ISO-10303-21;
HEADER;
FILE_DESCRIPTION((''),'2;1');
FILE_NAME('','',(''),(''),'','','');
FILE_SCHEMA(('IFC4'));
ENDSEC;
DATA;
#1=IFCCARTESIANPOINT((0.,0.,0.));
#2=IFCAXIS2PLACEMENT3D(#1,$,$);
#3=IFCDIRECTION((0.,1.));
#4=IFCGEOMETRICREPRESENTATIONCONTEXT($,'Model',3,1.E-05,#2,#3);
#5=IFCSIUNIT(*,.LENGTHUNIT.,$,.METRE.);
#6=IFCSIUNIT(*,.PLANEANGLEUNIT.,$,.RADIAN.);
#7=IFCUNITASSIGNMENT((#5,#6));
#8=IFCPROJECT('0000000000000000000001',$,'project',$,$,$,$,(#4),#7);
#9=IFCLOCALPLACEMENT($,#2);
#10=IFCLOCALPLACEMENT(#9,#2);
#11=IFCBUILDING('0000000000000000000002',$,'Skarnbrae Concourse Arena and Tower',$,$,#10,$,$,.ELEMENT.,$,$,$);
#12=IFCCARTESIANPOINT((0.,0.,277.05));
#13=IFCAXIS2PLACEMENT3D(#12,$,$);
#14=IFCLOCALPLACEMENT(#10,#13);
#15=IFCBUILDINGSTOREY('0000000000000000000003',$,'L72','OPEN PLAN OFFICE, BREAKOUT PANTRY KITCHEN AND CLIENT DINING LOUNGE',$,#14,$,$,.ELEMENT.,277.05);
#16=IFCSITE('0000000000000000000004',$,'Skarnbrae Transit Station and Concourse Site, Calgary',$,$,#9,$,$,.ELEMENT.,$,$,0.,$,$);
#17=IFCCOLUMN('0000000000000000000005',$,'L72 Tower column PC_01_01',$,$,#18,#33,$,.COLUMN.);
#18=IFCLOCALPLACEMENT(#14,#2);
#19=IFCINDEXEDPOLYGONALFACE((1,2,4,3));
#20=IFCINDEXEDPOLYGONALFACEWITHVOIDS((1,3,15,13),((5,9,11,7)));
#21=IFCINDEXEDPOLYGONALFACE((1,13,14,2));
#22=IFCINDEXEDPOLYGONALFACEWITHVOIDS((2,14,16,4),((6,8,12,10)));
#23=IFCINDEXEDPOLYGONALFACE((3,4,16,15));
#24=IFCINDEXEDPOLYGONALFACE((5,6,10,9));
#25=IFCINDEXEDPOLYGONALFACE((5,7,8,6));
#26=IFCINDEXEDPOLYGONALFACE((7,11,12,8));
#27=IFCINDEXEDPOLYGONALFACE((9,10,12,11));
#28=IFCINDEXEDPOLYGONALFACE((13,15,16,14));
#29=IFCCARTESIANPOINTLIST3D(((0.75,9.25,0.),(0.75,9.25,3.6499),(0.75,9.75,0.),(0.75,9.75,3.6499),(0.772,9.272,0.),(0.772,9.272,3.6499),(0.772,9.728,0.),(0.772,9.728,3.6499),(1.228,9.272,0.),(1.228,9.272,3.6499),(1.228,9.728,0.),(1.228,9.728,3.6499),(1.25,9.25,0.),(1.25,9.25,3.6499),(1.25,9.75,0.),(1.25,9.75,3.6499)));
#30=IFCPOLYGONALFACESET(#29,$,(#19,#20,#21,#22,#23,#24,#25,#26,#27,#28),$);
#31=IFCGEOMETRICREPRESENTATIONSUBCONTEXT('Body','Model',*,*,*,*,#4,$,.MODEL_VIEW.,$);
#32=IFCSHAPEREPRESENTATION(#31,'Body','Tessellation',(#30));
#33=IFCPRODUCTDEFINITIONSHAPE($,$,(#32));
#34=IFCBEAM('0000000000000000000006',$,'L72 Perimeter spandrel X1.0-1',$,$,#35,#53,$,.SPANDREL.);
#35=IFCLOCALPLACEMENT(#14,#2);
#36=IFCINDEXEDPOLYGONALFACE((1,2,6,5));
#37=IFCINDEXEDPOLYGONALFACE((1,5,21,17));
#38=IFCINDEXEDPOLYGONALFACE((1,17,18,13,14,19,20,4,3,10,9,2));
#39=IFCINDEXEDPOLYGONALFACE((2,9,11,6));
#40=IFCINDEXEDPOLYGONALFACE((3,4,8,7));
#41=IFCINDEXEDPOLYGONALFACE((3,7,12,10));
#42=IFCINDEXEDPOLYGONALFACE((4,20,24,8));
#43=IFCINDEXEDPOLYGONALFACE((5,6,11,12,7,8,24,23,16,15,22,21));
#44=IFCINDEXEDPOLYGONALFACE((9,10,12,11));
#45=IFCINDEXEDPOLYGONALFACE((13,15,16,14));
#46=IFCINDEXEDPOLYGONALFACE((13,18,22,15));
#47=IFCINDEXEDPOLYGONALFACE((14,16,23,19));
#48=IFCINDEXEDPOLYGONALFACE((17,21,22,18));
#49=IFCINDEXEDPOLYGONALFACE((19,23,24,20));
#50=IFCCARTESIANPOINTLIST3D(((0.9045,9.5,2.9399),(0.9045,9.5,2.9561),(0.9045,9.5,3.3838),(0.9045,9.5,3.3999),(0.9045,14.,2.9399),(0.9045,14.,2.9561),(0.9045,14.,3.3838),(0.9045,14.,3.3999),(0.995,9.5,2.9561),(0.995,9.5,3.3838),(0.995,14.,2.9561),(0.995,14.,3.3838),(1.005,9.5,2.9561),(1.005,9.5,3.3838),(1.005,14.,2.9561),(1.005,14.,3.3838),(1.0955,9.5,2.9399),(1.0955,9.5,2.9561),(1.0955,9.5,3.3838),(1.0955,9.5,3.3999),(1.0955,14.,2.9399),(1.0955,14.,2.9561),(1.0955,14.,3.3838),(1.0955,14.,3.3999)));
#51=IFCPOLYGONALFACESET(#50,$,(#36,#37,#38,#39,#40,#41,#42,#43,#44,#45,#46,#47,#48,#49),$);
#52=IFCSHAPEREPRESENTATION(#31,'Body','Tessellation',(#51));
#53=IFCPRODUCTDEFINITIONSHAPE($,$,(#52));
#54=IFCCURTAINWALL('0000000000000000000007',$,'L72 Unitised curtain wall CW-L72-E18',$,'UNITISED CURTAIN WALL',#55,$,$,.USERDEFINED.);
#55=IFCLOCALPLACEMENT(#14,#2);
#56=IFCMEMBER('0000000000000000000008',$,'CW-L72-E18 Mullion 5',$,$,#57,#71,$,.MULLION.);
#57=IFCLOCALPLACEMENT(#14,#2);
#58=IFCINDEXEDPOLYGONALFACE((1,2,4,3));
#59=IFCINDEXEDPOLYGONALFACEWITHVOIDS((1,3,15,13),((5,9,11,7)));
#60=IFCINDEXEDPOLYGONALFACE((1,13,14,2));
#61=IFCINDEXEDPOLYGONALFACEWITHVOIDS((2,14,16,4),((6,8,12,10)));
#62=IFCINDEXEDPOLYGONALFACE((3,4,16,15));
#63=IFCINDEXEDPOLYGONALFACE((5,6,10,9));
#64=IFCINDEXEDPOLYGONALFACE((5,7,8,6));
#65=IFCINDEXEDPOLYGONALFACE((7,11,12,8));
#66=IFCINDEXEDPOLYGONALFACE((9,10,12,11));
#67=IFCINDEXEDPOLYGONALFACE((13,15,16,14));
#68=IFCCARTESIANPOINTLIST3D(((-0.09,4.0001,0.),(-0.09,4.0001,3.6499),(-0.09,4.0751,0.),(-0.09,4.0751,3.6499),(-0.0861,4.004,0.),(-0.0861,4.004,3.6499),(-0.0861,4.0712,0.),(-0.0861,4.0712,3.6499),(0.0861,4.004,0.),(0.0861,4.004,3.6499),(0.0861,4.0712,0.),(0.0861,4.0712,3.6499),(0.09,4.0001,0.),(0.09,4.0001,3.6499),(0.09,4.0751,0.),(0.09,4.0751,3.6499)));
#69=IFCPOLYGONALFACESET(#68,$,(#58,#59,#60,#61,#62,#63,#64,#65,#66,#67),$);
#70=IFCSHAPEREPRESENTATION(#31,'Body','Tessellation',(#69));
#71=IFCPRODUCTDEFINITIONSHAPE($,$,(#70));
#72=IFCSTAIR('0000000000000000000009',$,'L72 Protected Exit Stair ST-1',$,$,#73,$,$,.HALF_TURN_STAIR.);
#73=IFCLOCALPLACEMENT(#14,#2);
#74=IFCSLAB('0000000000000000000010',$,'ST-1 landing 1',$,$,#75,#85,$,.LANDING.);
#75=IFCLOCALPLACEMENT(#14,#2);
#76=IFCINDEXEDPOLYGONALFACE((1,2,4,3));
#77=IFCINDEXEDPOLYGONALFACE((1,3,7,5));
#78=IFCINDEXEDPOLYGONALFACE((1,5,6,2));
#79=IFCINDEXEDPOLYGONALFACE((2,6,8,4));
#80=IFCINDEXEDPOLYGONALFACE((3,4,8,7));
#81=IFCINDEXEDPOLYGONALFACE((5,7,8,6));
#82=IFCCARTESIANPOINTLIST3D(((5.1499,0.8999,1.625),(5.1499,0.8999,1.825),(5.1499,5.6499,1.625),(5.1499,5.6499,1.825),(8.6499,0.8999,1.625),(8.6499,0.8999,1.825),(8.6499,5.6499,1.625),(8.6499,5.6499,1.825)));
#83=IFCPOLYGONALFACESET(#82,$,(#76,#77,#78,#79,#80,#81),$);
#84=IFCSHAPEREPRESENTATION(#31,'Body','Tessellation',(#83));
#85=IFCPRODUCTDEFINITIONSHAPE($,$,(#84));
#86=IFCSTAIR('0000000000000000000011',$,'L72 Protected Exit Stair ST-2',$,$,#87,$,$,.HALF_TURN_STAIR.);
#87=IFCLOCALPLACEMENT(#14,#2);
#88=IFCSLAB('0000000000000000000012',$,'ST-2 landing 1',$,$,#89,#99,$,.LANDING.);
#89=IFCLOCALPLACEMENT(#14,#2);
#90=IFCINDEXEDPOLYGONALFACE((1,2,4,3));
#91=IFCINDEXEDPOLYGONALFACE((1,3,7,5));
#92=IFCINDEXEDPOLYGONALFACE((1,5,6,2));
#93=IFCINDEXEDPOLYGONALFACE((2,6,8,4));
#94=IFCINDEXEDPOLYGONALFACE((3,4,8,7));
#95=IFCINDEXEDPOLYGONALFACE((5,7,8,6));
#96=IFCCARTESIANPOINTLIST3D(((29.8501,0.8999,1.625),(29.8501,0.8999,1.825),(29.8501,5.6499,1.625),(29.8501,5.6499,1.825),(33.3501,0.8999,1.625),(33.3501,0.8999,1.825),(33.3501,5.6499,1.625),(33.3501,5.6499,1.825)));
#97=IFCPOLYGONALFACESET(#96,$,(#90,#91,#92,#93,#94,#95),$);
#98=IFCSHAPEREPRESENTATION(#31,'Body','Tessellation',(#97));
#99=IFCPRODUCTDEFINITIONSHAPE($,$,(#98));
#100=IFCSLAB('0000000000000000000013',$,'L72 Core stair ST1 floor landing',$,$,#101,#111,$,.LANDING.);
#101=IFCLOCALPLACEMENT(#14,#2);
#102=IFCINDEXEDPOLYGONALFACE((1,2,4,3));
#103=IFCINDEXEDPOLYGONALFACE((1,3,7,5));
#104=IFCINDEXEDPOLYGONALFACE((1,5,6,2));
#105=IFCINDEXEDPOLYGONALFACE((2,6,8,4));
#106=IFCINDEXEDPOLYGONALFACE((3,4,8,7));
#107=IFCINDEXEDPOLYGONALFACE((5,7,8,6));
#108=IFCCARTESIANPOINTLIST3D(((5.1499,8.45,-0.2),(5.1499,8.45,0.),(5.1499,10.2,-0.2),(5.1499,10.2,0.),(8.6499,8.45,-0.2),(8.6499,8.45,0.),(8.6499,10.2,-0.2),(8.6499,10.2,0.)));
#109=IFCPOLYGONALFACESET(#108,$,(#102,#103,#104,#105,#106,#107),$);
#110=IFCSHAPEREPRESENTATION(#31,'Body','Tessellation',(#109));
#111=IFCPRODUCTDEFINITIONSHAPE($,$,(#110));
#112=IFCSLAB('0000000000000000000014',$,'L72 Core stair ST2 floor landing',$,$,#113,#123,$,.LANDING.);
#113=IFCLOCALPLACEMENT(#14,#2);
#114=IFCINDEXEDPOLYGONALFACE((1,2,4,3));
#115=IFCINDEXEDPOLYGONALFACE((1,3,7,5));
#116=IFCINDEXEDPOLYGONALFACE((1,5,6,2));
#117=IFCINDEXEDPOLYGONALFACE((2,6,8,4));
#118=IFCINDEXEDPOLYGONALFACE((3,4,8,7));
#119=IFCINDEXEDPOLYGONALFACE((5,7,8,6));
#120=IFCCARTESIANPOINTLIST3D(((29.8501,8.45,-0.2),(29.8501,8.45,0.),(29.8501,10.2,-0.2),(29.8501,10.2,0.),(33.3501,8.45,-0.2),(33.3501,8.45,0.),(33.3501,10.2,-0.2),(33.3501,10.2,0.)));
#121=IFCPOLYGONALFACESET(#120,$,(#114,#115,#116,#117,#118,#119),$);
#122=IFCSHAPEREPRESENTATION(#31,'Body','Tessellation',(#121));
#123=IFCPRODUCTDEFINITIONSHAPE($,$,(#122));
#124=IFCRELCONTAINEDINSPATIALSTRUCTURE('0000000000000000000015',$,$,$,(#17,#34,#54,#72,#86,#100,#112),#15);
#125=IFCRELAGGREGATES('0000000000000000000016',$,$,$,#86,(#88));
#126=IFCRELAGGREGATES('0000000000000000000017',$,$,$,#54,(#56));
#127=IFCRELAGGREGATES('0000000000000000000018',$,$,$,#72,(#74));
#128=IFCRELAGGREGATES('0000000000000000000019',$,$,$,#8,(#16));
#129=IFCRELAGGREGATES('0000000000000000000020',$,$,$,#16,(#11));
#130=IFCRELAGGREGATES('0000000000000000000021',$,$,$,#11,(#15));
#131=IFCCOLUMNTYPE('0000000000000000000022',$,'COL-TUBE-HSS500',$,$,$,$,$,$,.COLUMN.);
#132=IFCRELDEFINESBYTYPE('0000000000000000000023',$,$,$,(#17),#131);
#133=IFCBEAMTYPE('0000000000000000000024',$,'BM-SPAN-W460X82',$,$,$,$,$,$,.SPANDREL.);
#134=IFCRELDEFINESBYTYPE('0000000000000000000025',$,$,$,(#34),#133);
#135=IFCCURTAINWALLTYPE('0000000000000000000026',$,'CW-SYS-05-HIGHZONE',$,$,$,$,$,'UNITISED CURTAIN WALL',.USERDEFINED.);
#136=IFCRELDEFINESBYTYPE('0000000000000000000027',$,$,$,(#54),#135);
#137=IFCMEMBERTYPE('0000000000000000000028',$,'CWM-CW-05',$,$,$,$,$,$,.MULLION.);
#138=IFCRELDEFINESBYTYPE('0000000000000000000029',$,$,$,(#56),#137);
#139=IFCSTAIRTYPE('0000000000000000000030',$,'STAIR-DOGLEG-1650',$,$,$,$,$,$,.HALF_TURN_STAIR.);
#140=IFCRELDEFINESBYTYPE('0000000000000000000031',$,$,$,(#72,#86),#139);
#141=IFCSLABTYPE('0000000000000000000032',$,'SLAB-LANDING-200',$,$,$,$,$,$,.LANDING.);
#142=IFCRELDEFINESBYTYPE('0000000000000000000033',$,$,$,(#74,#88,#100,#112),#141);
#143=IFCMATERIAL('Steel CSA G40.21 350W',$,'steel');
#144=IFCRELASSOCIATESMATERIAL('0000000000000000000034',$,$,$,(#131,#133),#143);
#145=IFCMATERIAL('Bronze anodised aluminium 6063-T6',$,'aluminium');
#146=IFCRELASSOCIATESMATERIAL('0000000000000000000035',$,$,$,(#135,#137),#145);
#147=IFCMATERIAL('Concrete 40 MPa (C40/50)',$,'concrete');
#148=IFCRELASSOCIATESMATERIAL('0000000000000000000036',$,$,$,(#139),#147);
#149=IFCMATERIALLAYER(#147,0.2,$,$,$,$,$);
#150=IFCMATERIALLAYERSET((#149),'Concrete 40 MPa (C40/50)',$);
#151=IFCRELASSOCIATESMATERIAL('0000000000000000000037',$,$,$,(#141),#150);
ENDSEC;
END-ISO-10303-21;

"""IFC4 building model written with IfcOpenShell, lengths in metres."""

from ifc_helpers import new_model, si_unit, direction, frame, origin, origin_2d, place, context, subcontext, project, spatial, polyline, hollow_rectangle, i_section, outline, extrude, source, transform, mapped, material, layer, layer_set, material_profile, profile_set, type_object, element, aggregate, save


model = new_model("IFC4")

# Units and contexts
model_context = context("Model", 3, precision=1e-05, world=origin(), true_north=direction((0.0, 1.0)))
body_context = subcontext(model_context, "Body", "Model", "MODEL_VIEW")
ifc_project = project(units=[si_unit("LENGTHUNIT", "METRE"), si_unit("PLANEANGLEUNIT", "RADIAN")], contexts=[model_context])

# Site, building, storey
site_placement = place(None, origin())
site = spatial("IfcSite", under=ifc_project, at=site_placement, Name="Skarnbrae Transit Station and Concourse Site, Calgary", CompositionType="ELEMENT", RefElevation=0.0)
building_placement = place(site_placement, origin())
building = spatial("IfcBuilding", under=site, at=building_placement, Name="Skarnbrae Concourse Arena and Tower", CompositionType="ELEMENT")
storey_placement = place(building_placement, frame((0.0, 0.0, 277.05)))
storey = spatial("IfcBuildingStorey", under=building, at=storey_placement, Name="L72", Description="OPEN PLAN OFFICE, BREAKOUT PANTRY KITCHEN AND CLIENT DINING LOUNGE", CompositionType="ELEMENT", Elevation=277.05)

# Column
ifc_material_1 = material(Name="Steel CSA G40.21 350W", Category="steel")
ifc_material_profile_1 = material_profile(ifc_material_1, hollow_rectangle(XDim=0.5, YDim=0.5, WallThickness=0.022, at=origin_2d()), Name="HSS500X500X22.0")
ifc_profile_set_1 = profile_set([ifc_material_profile_1], Name="Steel CSA G40.21 350W")
column_type = type_object("IfcColumnType", Name="COL-TUBE-HSS500", PredefinedType="COLUMN", material=ifc_profile_set_1)
shared_shape_1 = source(origin(), body_context, "Body", "SweptSolid", [
    extrude(hollow_rectangle(XDim=0.5, YDim=0.5, WallThickness=0.022, at=origin_2d()), origin(), (0.0, 0.0, 1.0), 3.6499),
])
column_placement = place(storey_placement, frame((1.0, 9.5, 0.0), z_axis=(0.0, 0.0, 1.0), x_axis=(1.0, 0.0, 0.0)))
element("IfcColumn", 1, at=column_placement, inside=storey, type_object=column_type, Name="L72 Tower column PC_01_01", PredefinedType="COLUMN", context=body_context, shape_type="MappedRepresentation", body=[
    mapped(shared_shape_1, transform((0.0, 0.0, 0.0))),
])

# Beam
ifc_material_profile_2 = material_profile(ifc_material_1, i_section(OverallWidth=0.1909, OverallDepth=0.46, WebThickness=0.01, FlangeThickness=0.0161, at=origin_2d()), Name="W460X82")
ifc_profile_set_2 = profile_set([ifc_material_profile_2], Name="Steel CSA G40.21 350W")
beam_type = type_object("IfcBeamType", Name="BM-SPAN-W460X82", PredefinedType="SPANDREL", material=ifc_profile_set_2)
shared_shape_2 = source(origin(), body_context, "Body", "SweptSolid", [
    extrude(i_section(OverallWidth=0.1909, OverallDepth=0.46, WebThickness=0.01, FlangeThickness=0.0161, at=origin_2d()), origin(), (0.0, 0.0, 1.0), 4.5),
])
beam_placement = place(storey_placement, frame((1.0, 9.5, 3.1699), z_axis=(0.0, 1.0, 0.0), x_axis=(-1.0, 0.0, 0.0)))
element("IfcBeam", 2, at=beam_placement, inside=storey, type_object=beam_type, Name="L72 Perimeter spandrel X1.0-1", PredefinedType="SPANDREL", context=body_context, shape_type="MappedRepresentation", body=[
    mapped(shared_shape_2, transform((0.0, 0.0, 0.0))),
])

# Curtain wall, member
ifc_material_2 = material(Name="Bronze anodised aluminium 6063-T6", Category="aluminium")
curtain_wall_type = type_object("IfcCurtainWallType", Name="CW-SYS-05-HIGHZONE", ElementType="UNITISED CURTAIN WALL", PredefinedType="USERDEFINED", material=ifc_material_2)
curtain_wall_placement = place(storey_placement, origin())
curtain_wall = element("IfcCurtainWall", 3, at=curtain_wall_placement, inside=storey, type_object=curtain_wall_type, Name="L72 Unitised curtain wall CW-L72-E18", ObjectType="UNITISED CURTAIN WALL", PredefinedType="USERDEFINED")
ifc_material_profile_3 = material_profile(ifc_material_2, hollow_rectangle(XDim=0.075, YDim=0.1799, WallThickness=0.0039, at=origin_2d()), Name="ALU-MULL-75X180")
ifc_profile_set_3 = profile_set([ifc_material_profile_3], Name="Bronze anodised aluminium 6063-T6")
member_type = type_object("IfcMemberType", Name="CWM-CW-05", PredefinedType="MULLION", material=ifc_profile_set_3)
shared_shape_3 = source(origin(), body_context, "Body", "SweptSolid", [
    extrude(hollow_rectangle(XDim=0.075, YDim=0.1799, WallThickness=0.0039, at=origin_2d()), origin(), (0.0, 0.0, 1.0), 3.6499),
])
member_placement = place(storey_placement, frame((0.0, 4.0376, 0.0), z_axis=(0.0, 0.0, 1.0), x_axis=(0.0, -1.0, 0.0)))
member = element("IfcMember", 4, at=member_placement, type_object=member_type, Name="CW-L72-E18 Mullion 5", PredefinedType="MULLION", context=body_context, shape_type="MappedRepresentation", body=[
    mapped(shared_shape_3, transform((0.0, 0.0, 0.0))),
])

# Stairs, slabs
ifc_material_3 = material(Name="Concrete 40 MPa (C40/50)", Category="concrete")
stair_type = type_object("IfcStairType", Name="STAIR-DOGLEG-1650", PredefinedType="HALF_TURN_STAIR", material=ifc_material_3)
stair_1_placement = place(storey_placement, origin())
stair_1 = element("IfcStair", 5, at=stair_1_placement, inside=storey, type_object=stair_type, Name="L72 Protected Exit Stair ST-1", PredefinedType="HALF_TURN_STAIR")
ifc_layer_1 = layer(ifc_material_3, 0.2)
ifc_layer_set_1 = layer_set([ifc_layer_1], Name="Concrete 40 MPa (C40/50)")
slab_type_1 = type_object("IfcSlabType", Name="SLAB-LANDING-200", PredefinedType="LANDING", material=ifc_layer_set_1)
slab_1_placement = place(storey_placement, frame((0.0, 0.0, 1.625)))
slab_1 = element("IfcSlab", 6, at=slab_1_placement, type_object=slab_type_1, Name="ST-1 landing 1", PredefinedType="LANDING", context=body_context, shape_type="SweptSolid", body=[
    extrude(outline(polyline([(5.1499, 5.6499), (5.1499, 0.8999), (8.6499, 0.8999), (8.6499, 5.6499), (5.1499, 5.6499)])), origin(), (0.0, 0.0, 1.0), 0.2),
])
stair_2_placement = place(storey_placement, origin())
stair_2 = element("IfcStair", 7, at=stair_2_placement, inside=storey, type_object=stair_type, Name="L72 Protected Exit Stair ST-2", PredefinedType="HALF_TURN_STAIR")
slab_2_placement = place(storey_placement, frame((0.0, 0.0, 1.625)))
slab_2 = element("IfcSlab", 8, at=slab_2_placement, type_object=slab_type_1, Name="ST-2 landing 1", PredefinedType="LANDING", context=body_context, shape_type="SweptSolid", body=[
    extrude(outline(polyline([(29.8501, 5.6499), (29.8501, 0.8999), (33.3501, 0.8999), (33.3501, 5.6499), (29.8501, 5.6499)])), origin(), (0.0, 0.0, 1.0), 0.2),
])
aggregate(stair_2, [slab_2])

# Slabs
slab_3_placement = place(storey_placement, frame((0.0, 0.0, -0.2)))
element("IfcSlab", 9, at=slab_3_placement, inside=storey, type_object=slab_type_1, Name="L72 Core stair ST1 floor landing", PredefinedType="LANDING", context=body_context, shape_type="SweptSolid", body=[
    extrude(outline(polyline([(5.1499, 10.2), (5.1499, 8.45), (8.6499, 8.45), (8.6499, 10.2), (5.1499, 10.2)])), origin(), (0.0, 0.0, 1.0), 0.2),
])
slab_4_placement = place(storey_placement, frame((0.0, 0.0, -0.2)))
element("IfcSlab", 10, at=slab_4_placement, inside=storey, type_object=slab_type_1, Name="L72 Core stair ST2 floor landing", PredefinedType="LANDING", context=body_context, shape_type="SweptSolid", body=[
    extrude(outline(polyline([(29.8501, 10.2), (29.8501, 8.45), (33.3501, 8.45), (33.3501, 10.2), (29.8501, 10.2)])), origin(), (0.0, 0.0, 1.0), 0.2),
])

aggregate(curtain_wall, [member])

aggregate(stair_1, [slab_1])

save(model, "model.ifc")
